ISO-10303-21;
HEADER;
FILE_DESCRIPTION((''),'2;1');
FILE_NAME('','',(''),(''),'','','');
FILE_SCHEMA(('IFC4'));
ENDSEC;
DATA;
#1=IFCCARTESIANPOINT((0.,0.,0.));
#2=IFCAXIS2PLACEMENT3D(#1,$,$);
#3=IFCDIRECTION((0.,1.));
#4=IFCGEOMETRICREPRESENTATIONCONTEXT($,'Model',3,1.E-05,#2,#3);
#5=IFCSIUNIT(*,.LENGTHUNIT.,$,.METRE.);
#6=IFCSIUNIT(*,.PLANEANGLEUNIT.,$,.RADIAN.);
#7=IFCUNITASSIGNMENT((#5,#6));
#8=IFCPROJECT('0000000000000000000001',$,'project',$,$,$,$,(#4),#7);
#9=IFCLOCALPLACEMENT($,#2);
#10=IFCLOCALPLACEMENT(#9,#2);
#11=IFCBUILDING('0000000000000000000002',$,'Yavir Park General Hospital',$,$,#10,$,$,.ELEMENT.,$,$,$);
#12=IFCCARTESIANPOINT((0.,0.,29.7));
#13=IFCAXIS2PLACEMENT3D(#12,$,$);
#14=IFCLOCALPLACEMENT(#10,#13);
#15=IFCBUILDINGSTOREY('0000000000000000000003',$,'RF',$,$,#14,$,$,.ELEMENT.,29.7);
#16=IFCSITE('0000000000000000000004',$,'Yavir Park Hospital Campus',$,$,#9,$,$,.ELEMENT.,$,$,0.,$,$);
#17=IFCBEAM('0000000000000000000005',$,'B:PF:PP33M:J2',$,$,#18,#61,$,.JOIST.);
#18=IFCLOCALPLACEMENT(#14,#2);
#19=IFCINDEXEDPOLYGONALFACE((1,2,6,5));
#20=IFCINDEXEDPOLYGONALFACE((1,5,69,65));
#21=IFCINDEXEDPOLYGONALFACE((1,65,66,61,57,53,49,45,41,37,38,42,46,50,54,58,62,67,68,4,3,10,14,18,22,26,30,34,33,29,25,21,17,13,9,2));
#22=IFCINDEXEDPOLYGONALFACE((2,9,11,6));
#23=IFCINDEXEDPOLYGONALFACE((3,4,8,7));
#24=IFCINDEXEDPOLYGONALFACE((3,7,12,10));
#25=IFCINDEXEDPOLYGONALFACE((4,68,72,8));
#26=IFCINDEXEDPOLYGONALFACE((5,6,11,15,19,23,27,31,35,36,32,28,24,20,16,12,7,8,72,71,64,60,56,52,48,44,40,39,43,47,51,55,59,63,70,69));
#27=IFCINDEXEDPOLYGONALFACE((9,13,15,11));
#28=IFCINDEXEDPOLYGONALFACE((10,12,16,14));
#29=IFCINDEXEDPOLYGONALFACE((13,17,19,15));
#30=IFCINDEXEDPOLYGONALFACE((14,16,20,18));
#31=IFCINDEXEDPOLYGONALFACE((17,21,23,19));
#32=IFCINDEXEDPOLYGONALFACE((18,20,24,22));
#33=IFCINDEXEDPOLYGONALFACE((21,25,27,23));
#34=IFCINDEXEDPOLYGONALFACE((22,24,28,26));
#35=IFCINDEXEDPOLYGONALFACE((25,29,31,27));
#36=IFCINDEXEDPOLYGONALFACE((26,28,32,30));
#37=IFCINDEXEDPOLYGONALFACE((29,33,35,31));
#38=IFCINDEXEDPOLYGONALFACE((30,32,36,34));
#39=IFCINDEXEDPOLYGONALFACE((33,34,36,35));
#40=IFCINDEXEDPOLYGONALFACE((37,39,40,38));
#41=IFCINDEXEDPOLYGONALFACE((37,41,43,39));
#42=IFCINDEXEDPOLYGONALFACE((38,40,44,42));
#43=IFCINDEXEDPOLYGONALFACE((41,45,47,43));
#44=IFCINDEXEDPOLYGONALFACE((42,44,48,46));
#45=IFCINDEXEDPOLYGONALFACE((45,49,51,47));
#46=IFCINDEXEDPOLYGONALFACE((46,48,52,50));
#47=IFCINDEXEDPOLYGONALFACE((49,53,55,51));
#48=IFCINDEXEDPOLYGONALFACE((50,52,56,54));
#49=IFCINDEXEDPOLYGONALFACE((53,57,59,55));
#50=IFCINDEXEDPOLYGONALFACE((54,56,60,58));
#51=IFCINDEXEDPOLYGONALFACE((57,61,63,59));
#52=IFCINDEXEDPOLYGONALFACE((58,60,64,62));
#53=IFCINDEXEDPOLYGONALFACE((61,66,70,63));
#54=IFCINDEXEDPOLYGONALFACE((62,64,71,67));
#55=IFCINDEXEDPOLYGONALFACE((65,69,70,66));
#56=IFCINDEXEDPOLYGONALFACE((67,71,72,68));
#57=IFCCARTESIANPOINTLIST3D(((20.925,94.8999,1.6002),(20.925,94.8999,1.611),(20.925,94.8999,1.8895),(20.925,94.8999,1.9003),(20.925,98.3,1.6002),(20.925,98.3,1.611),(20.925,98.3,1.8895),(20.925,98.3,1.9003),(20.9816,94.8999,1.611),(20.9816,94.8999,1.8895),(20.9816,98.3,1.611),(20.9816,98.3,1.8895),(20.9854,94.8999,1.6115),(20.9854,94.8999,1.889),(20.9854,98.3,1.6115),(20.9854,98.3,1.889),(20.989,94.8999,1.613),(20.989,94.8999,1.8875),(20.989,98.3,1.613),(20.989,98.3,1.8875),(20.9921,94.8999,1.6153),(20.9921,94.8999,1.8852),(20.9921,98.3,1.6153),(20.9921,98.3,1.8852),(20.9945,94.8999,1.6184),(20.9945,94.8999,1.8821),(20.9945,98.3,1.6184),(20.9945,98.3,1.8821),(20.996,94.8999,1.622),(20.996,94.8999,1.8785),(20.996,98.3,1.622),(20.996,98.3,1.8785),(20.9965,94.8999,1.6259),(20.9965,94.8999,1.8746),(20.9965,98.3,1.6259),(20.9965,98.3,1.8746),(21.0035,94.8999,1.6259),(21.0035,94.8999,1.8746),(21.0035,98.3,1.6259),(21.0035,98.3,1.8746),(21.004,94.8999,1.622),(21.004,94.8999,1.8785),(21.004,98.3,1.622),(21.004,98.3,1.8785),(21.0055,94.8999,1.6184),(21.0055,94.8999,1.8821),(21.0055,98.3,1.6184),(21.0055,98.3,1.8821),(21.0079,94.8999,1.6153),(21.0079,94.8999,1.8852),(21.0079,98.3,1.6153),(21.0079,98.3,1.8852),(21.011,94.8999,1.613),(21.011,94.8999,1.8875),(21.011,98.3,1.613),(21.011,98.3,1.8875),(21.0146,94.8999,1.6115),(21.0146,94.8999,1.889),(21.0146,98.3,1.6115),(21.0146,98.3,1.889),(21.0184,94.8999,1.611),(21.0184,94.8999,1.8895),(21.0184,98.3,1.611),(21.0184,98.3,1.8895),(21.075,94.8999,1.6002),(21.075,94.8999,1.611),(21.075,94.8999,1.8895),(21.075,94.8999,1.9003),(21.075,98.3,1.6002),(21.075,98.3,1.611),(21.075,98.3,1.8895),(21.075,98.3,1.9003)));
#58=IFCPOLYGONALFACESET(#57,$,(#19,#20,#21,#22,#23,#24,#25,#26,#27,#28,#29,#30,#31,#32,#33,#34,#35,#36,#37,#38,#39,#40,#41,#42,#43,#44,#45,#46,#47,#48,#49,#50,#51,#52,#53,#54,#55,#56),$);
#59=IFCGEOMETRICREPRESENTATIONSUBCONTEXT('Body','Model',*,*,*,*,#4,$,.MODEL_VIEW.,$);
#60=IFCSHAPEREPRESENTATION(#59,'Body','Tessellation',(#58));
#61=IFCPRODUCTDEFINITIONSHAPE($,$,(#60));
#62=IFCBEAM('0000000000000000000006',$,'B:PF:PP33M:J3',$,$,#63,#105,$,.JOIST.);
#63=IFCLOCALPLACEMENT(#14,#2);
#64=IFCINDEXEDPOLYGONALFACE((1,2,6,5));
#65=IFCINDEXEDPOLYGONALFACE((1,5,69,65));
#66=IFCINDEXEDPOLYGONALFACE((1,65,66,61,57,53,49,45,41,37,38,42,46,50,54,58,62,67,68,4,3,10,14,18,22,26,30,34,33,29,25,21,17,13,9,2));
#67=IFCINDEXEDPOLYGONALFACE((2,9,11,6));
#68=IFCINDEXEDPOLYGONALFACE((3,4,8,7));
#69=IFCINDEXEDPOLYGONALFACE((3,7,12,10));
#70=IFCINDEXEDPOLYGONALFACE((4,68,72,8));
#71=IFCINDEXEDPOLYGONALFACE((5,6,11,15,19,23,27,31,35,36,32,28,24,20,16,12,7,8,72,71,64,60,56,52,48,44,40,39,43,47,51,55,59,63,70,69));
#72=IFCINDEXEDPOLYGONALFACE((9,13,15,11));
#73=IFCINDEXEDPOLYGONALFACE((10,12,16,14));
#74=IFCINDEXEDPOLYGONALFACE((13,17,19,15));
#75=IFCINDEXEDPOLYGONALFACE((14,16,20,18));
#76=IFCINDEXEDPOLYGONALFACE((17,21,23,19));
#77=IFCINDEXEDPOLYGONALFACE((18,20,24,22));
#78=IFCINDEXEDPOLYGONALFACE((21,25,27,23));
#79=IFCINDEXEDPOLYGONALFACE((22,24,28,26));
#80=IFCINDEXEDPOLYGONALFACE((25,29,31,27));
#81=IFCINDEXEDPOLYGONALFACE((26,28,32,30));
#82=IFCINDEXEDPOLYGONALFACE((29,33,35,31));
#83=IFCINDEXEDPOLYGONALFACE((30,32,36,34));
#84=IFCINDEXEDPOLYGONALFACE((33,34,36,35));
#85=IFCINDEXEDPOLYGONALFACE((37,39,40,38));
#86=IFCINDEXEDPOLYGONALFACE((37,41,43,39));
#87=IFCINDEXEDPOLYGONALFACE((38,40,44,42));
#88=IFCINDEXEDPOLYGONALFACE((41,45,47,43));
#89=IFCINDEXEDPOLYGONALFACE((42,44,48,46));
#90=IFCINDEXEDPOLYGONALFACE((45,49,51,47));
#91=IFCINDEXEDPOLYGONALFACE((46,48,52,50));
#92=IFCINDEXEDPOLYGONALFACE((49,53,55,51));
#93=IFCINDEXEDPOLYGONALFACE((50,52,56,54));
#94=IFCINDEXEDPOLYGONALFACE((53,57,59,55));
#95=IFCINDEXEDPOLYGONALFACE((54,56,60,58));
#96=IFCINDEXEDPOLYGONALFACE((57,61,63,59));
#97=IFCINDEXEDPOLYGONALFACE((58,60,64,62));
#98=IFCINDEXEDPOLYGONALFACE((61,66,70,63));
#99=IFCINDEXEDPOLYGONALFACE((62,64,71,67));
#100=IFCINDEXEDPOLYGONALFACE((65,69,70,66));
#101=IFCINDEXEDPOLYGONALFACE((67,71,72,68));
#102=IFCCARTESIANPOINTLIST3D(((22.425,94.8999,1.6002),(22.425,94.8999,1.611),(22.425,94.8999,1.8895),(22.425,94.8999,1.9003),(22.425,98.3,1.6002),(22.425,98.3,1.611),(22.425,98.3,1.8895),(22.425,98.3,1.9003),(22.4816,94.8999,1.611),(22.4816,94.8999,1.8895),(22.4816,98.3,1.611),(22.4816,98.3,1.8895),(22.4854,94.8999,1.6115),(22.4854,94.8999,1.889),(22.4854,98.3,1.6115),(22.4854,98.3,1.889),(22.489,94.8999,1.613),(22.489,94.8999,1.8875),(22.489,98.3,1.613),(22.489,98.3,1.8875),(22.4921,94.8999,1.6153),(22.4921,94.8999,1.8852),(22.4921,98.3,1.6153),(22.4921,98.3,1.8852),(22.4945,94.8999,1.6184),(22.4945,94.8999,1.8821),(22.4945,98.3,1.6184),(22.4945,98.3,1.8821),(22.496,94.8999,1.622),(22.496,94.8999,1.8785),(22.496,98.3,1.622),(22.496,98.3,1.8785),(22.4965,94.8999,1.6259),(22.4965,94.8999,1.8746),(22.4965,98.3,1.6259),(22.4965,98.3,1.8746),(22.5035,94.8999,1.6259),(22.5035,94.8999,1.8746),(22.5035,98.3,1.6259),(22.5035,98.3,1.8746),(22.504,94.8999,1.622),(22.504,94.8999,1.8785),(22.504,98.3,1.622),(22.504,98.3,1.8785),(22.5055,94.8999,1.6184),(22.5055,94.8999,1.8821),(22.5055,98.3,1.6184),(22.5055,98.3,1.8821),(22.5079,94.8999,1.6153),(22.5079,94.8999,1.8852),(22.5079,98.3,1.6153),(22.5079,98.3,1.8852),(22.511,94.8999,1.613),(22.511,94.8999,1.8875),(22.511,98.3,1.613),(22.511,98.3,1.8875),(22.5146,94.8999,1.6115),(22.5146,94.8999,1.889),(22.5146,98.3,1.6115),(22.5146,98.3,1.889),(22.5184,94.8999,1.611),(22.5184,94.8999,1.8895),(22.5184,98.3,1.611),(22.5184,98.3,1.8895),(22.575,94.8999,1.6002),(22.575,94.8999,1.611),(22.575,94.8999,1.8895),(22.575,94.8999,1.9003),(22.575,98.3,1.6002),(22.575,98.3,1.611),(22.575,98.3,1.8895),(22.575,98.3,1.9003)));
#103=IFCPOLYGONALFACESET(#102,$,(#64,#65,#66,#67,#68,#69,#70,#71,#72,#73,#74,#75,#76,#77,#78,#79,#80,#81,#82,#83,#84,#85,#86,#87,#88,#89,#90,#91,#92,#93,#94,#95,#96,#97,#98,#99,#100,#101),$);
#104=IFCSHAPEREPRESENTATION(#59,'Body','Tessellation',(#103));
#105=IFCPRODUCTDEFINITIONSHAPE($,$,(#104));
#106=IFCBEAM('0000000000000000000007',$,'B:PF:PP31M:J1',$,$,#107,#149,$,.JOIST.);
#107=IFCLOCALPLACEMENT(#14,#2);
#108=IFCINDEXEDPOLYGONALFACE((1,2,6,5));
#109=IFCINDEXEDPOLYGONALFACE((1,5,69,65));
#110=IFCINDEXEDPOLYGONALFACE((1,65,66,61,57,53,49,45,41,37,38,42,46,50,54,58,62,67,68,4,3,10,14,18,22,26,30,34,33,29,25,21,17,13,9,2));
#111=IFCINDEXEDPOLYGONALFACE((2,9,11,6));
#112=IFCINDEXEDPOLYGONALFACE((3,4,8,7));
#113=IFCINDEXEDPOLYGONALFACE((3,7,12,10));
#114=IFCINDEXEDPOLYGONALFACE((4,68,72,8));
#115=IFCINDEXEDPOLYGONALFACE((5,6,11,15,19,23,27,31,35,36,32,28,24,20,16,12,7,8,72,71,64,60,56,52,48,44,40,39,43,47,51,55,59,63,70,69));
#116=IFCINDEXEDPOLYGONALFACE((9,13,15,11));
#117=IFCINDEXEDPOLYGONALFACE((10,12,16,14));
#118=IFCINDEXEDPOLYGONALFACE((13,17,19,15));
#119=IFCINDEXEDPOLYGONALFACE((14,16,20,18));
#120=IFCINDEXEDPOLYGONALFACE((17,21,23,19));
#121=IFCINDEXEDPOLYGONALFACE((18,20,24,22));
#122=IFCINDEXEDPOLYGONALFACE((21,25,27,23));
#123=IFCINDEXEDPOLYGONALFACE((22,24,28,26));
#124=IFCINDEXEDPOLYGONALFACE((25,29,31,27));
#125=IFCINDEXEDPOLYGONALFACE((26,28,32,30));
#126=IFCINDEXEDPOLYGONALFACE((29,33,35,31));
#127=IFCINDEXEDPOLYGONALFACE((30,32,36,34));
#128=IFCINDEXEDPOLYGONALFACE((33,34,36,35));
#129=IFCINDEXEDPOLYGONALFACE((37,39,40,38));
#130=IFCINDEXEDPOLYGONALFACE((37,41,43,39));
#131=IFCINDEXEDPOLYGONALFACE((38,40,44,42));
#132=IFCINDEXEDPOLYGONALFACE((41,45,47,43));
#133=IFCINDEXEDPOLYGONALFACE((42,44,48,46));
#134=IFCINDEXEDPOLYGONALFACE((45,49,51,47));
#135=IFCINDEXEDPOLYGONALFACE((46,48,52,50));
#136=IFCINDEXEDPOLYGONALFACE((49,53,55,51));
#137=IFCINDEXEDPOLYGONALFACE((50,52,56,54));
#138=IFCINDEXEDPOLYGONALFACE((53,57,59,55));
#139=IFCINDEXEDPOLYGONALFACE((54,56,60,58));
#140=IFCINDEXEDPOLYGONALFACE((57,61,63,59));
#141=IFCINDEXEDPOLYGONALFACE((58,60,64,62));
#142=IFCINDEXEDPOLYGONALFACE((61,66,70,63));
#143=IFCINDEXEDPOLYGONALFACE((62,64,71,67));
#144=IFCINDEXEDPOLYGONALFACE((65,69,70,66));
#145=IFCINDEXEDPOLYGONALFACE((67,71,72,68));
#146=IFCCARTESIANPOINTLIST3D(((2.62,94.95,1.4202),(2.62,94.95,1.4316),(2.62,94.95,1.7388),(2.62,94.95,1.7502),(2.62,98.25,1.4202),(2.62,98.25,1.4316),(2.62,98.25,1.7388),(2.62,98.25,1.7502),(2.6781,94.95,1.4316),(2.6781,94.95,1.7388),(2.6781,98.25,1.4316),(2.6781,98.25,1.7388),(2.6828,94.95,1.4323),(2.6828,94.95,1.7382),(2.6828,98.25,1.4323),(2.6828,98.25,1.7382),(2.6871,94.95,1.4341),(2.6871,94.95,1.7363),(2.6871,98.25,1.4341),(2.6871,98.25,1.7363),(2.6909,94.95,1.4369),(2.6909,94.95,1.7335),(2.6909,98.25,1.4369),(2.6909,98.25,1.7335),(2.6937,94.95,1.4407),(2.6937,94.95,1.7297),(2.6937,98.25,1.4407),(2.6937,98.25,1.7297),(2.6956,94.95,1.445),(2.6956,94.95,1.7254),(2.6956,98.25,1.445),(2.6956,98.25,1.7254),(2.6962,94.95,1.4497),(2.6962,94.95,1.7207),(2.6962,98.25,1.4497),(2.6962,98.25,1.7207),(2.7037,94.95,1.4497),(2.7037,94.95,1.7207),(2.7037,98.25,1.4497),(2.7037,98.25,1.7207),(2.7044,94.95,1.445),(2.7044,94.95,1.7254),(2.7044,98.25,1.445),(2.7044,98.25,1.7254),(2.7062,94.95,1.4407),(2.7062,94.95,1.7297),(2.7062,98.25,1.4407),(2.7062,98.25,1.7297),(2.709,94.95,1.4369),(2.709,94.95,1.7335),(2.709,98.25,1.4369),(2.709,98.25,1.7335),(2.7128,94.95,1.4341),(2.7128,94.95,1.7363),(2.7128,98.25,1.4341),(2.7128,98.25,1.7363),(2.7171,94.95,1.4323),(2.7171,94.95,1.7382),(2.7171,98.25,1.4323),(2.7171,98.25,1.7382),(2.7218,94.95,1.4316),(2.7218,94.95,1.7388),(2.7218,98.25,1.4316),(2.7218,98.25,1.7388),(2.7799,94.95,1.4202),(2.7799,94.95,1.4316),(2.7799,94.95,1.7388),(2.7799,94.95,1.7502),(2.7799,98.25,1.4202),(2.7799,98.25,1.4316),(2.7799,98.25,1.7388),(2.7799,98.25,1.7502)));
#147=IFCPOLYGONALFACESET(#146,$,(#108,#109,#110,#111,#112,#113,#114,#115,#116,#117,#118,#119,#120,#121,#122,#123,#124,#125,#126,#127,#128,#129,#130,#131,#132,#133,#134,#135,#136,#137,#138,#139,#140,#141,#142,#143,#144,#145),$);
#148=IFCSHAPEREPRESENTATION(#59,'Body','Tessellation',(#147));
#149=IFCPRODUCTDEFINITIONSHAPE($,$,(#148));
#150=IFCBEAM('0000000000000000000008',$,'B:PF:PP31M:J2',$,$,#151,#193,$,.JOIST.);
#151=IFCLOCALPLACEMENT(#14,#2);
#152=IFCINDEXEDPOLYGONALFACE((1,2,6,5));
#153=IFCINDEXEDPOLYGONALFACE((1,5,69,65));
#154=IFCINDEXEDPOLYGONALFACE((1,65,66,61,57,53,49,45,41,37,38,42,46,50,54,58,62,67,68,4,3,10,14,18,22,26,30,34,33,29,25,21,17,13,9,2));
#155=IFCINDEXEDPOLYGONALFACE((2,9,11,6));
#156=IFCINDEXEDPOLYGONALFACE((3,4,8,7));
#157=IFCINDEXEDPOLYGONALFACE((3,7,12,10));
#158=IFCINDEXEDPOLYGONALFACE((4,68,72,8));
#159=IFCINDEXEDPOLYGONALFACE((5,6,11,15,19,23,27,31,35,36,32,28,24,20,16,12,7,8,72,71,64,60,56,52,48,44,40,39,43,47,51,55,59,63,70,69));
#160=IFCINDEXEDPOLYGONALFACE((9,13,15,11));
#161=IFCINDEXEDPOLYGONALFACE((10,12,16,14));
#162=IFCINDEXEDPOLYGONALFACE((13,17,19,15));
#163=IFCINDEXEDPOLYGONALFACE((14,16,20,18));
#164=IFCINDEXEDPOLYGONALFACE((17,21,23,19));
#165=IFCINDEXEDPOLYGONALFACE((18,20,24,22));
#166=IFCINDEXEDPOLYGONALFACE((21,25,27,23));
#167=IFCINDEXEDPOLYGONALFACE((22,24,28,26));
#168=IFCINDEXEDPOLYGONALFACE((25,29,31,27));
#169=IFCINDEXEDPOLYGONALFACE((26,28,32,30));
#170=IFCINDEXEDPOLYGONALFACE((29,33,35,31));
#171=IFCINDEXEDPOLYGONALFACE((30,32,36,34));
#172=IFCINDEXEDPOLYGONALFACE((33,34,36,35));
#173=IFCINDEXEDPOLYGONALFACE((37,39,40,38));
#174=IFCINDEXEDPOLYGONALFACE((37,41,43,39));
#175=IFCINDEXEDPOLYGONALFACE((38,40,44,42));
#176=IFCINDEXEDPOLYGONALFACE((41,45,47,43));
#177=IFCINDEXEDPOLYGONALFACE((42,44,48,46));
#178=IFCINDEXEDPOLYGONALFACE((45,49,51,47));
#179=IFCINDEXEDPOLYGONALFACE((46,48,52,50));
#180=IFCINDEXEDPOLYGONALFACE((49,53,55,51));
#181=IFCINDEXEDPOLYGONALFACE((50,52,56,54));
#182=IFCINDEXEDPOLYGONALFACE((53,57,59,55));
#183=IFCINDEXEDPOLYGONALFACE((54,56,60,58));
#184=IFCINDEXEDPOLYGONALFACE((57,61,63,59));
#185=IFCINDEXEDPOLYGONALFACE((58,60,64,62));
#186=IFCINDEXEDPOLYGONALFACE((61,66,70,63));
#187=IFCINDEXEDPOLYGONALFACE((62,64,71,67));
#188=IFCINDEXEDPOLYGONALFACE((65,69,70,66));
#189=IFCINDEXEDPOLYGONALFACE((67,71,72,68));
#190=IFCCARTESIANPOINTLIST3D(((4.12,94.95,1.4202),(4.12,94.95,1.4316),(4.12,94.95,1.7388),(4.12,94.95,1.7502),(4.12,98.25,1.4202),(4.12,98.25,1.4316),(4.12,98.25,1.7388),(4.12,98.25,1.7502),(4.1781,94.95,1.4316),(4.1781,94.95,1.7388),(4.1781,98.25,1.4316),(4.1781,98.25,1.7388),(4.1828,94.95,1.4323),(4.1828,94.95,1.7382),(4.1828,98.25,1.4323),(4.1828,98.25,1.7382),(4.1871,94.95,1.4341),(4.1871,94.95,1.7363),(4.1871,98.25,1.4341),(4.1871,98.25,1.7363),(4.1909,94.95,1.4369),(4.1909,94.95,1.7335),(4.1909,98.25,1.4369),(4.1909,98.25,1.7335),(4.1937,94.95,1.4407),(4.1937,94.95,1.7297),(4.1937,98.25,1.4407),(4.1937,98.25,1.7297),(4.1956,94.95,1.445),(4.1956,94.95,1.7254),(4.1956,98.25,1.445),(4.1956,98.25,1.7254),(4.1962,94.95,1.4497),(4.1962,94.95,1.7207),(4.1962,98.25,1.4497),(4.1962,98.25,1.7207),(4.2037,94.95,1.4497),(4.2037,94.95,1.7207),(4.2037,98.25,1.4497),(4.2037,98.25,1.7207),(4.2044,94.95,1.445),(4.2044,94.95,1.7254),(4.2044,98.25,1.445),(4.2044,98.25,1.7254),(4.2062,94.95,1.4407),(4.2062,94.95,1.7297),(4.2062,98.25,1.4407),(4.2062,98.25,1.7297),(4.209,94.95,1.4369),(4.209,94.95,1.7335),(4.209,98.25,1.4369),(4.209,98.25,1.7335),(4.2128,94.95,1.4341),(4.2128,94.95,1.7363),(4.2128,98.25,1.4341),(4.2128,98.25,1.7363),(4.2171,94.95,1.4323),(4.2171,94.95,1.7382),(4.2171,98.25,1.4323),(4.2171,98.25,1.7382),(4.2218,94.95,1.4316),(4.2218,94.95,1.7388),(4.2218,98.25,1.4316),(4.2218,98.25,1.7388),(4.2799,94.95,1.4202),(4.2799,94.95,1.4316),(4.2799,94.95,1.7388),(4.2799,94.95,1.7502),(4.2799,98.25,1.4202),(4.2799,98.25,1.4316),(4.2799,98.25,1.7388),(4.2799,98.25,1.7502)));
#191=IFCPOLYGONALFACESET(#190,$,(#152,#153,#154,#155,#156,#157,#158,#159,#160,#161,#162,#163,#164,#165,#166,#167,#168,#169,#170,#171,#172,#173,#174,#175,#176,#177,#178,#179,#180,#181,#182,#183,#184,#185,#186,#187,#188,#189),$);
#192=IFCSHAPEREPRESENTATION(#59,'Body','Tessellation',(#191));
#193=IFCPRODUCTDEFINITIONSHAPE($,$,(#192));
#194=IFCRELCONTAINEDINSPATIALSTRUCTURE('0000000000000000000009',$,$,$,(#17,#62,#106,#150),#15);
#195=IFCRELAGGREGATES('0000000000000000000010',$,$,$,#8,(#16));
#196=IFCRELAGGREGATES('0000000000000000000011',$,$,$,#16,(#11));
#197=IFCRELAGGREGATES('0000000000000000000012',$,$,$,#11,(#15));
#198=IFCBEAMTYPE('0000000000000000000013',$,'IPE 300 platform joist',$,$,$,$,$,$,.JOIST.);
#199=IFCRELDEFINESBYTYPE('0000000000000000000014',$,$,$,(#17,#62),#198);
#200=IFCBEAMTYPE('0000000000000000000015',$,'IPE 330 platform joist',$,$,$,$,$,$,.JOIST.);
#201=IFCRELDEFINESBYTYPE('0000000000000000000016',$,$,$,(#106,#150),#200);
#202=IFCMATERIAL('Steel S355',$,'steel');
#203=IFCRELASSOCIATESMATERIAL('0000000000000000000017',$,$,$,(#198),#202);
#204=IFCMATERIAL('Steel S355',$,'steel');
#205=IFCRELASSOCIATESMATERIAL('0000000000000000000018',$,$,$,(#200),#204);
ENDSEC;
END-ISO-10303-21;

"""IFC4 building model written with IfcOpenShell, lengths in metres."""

from ifc_helpers import new_model, si_unit, direction, frame, origin, origin_2d, place, context, subcontext, project, spatial, i_section, extrude, material, material_profile, profile_set, type_object, element, save


model = new_model("IFC4")

# Units and contexts
model_context = context("Model", 3, precision=1e-05, world=origin(), true_north=direction((0.0, 1.0)))
body_context = subcontext(model_context, "Body", "Model", "MODEL_VIEW")
ifc_project = project(units=[si_unit("LENGTHUNIT", "METRE"), si_unit("PLANEANGLEUNIT", "RADIAN")], contexts=[model_context])

# Site, building, storey
site_placement = place(None, origin())
site = spatial("IfcSite", under=ifc_project, at=site_placement, Name="Yavir Park Hospital Campus", CompositionType="ELEMENT", RefElevation=0.0)
building_placement = place(site_placement, origin())
building = spatial("IfcBuilding", under=site, at=building_placement, Name="Yavir Park General Hospital", CompositionType="ELEMENT")
storey_placement = place(building_placement, frame((0.0, 0.0, 29.7)))
storey = spatial("IfcBuildingStorey", under=building, at=storey_placement, Name="RF", CompositionType="ELEMENT", Elevation=29.7)

# Beams
ifc_material_1 = material(Name="Steel S355", Category="steel")
ifc_material_profile_1 = material_profile(ifc_material_1, i_section(OverallWidth=0.1499, OverallDepth=0.3, WebThickness=0.0071, FlangeThickness=0.0107, FilletRadius=0.0149, at=origin_2d()), Name="IPE300")
ifc_profile_set_1 = profile_set([ifc_material_profile_1], Name="Steel S355")
beam_type_1 = type_object("IfcBeamType", Name="IPE 300 platform joist", PredefinedType="JOIST", material=ifc_profile_set_1)
for number, where, z_axis, x_axis, name in (
    (1, (21.0, 94.8999, 1.7502), (0.0, 1.0, 0.0), (-1.0, 0.0, 0.0), "B:PF:PP33M:J2"),
    (2, (22.5, 94.8999, 1.7502), (0.0, 1.0, 0.0), (-1.0, 0.0, 0.0), "B:PF:PP33M:J3"),
):
    element("IfcBeam", number, at=place(storey_placement, frame(where, z_axis=z_axis, x_axis=x_axis)), inside=storey, type_object=beam_type_1, Name=name, PredefinedType="JOIST", context=body_context, shape_type="SweptSolid", body=[
        extrude(i_section(OverallWidth=0.1499, OverallDepth=0.3, WebThickness=0.0071, FlangeThickness=0.0107, FilletRadius=0.0149, at=origin_2d()), origin(), (0.0, 0.0, 1.0), 3.4001),
    ])
ifc_material_2 = material(Name="Steel S355", Category="steel")
ifc_material_profile_2 = material_profile(ifc_material_2, i_section(OverallWidth=0.1599, OverallDepth=0.3301, WebThickness=0.0076, FlangeThickness=0.0115, FilletRadius=0.0181, at=origin_2d()), Name="IPE330")
ifc_profile_set_2 = profile_set([ifc_material_profile_2], Name="Steel S355")
beam_type_2 = type_object("IfcBeamType", Name="IPE 330 platform joist", PredefinedType="JOIST", material=ifc_profile_set_2)
for number, where, z_axis, x_axis, name in (
    (3, (2.7, 94.95, 1.5852), (0.0, 1.0, 0.0), (-1.0, 0.0, 0.0), "B:PF:PP31M:J1"),
    (4, (4.2, 94.95, 1.5852), (0.0, 1.0, 0.0), (-1.0, 0.0, 0.0), "B:PF:PP31M:J2"),
):
    element("IfcBeam", number, at=place(storey_placement, frame(where, z_axis=z_axis, x_axis=x_axis)), inside=storey, type_object=beam_type_2, Name=name, PredefinedType="JOIST", context=body_context, shape_type="SweptSolid", body=[
        extrude(i_section(OverallWidth=0.1599, OverallDepth=0.3301, WebThickness=0.0076, FlangeThickness=0.0115, FilletRadius=0.0181, at=origin_2d()), origin(), (0.0, 0.0, 1.0), 3.3),
    ])

save(model, "model.ifc")
